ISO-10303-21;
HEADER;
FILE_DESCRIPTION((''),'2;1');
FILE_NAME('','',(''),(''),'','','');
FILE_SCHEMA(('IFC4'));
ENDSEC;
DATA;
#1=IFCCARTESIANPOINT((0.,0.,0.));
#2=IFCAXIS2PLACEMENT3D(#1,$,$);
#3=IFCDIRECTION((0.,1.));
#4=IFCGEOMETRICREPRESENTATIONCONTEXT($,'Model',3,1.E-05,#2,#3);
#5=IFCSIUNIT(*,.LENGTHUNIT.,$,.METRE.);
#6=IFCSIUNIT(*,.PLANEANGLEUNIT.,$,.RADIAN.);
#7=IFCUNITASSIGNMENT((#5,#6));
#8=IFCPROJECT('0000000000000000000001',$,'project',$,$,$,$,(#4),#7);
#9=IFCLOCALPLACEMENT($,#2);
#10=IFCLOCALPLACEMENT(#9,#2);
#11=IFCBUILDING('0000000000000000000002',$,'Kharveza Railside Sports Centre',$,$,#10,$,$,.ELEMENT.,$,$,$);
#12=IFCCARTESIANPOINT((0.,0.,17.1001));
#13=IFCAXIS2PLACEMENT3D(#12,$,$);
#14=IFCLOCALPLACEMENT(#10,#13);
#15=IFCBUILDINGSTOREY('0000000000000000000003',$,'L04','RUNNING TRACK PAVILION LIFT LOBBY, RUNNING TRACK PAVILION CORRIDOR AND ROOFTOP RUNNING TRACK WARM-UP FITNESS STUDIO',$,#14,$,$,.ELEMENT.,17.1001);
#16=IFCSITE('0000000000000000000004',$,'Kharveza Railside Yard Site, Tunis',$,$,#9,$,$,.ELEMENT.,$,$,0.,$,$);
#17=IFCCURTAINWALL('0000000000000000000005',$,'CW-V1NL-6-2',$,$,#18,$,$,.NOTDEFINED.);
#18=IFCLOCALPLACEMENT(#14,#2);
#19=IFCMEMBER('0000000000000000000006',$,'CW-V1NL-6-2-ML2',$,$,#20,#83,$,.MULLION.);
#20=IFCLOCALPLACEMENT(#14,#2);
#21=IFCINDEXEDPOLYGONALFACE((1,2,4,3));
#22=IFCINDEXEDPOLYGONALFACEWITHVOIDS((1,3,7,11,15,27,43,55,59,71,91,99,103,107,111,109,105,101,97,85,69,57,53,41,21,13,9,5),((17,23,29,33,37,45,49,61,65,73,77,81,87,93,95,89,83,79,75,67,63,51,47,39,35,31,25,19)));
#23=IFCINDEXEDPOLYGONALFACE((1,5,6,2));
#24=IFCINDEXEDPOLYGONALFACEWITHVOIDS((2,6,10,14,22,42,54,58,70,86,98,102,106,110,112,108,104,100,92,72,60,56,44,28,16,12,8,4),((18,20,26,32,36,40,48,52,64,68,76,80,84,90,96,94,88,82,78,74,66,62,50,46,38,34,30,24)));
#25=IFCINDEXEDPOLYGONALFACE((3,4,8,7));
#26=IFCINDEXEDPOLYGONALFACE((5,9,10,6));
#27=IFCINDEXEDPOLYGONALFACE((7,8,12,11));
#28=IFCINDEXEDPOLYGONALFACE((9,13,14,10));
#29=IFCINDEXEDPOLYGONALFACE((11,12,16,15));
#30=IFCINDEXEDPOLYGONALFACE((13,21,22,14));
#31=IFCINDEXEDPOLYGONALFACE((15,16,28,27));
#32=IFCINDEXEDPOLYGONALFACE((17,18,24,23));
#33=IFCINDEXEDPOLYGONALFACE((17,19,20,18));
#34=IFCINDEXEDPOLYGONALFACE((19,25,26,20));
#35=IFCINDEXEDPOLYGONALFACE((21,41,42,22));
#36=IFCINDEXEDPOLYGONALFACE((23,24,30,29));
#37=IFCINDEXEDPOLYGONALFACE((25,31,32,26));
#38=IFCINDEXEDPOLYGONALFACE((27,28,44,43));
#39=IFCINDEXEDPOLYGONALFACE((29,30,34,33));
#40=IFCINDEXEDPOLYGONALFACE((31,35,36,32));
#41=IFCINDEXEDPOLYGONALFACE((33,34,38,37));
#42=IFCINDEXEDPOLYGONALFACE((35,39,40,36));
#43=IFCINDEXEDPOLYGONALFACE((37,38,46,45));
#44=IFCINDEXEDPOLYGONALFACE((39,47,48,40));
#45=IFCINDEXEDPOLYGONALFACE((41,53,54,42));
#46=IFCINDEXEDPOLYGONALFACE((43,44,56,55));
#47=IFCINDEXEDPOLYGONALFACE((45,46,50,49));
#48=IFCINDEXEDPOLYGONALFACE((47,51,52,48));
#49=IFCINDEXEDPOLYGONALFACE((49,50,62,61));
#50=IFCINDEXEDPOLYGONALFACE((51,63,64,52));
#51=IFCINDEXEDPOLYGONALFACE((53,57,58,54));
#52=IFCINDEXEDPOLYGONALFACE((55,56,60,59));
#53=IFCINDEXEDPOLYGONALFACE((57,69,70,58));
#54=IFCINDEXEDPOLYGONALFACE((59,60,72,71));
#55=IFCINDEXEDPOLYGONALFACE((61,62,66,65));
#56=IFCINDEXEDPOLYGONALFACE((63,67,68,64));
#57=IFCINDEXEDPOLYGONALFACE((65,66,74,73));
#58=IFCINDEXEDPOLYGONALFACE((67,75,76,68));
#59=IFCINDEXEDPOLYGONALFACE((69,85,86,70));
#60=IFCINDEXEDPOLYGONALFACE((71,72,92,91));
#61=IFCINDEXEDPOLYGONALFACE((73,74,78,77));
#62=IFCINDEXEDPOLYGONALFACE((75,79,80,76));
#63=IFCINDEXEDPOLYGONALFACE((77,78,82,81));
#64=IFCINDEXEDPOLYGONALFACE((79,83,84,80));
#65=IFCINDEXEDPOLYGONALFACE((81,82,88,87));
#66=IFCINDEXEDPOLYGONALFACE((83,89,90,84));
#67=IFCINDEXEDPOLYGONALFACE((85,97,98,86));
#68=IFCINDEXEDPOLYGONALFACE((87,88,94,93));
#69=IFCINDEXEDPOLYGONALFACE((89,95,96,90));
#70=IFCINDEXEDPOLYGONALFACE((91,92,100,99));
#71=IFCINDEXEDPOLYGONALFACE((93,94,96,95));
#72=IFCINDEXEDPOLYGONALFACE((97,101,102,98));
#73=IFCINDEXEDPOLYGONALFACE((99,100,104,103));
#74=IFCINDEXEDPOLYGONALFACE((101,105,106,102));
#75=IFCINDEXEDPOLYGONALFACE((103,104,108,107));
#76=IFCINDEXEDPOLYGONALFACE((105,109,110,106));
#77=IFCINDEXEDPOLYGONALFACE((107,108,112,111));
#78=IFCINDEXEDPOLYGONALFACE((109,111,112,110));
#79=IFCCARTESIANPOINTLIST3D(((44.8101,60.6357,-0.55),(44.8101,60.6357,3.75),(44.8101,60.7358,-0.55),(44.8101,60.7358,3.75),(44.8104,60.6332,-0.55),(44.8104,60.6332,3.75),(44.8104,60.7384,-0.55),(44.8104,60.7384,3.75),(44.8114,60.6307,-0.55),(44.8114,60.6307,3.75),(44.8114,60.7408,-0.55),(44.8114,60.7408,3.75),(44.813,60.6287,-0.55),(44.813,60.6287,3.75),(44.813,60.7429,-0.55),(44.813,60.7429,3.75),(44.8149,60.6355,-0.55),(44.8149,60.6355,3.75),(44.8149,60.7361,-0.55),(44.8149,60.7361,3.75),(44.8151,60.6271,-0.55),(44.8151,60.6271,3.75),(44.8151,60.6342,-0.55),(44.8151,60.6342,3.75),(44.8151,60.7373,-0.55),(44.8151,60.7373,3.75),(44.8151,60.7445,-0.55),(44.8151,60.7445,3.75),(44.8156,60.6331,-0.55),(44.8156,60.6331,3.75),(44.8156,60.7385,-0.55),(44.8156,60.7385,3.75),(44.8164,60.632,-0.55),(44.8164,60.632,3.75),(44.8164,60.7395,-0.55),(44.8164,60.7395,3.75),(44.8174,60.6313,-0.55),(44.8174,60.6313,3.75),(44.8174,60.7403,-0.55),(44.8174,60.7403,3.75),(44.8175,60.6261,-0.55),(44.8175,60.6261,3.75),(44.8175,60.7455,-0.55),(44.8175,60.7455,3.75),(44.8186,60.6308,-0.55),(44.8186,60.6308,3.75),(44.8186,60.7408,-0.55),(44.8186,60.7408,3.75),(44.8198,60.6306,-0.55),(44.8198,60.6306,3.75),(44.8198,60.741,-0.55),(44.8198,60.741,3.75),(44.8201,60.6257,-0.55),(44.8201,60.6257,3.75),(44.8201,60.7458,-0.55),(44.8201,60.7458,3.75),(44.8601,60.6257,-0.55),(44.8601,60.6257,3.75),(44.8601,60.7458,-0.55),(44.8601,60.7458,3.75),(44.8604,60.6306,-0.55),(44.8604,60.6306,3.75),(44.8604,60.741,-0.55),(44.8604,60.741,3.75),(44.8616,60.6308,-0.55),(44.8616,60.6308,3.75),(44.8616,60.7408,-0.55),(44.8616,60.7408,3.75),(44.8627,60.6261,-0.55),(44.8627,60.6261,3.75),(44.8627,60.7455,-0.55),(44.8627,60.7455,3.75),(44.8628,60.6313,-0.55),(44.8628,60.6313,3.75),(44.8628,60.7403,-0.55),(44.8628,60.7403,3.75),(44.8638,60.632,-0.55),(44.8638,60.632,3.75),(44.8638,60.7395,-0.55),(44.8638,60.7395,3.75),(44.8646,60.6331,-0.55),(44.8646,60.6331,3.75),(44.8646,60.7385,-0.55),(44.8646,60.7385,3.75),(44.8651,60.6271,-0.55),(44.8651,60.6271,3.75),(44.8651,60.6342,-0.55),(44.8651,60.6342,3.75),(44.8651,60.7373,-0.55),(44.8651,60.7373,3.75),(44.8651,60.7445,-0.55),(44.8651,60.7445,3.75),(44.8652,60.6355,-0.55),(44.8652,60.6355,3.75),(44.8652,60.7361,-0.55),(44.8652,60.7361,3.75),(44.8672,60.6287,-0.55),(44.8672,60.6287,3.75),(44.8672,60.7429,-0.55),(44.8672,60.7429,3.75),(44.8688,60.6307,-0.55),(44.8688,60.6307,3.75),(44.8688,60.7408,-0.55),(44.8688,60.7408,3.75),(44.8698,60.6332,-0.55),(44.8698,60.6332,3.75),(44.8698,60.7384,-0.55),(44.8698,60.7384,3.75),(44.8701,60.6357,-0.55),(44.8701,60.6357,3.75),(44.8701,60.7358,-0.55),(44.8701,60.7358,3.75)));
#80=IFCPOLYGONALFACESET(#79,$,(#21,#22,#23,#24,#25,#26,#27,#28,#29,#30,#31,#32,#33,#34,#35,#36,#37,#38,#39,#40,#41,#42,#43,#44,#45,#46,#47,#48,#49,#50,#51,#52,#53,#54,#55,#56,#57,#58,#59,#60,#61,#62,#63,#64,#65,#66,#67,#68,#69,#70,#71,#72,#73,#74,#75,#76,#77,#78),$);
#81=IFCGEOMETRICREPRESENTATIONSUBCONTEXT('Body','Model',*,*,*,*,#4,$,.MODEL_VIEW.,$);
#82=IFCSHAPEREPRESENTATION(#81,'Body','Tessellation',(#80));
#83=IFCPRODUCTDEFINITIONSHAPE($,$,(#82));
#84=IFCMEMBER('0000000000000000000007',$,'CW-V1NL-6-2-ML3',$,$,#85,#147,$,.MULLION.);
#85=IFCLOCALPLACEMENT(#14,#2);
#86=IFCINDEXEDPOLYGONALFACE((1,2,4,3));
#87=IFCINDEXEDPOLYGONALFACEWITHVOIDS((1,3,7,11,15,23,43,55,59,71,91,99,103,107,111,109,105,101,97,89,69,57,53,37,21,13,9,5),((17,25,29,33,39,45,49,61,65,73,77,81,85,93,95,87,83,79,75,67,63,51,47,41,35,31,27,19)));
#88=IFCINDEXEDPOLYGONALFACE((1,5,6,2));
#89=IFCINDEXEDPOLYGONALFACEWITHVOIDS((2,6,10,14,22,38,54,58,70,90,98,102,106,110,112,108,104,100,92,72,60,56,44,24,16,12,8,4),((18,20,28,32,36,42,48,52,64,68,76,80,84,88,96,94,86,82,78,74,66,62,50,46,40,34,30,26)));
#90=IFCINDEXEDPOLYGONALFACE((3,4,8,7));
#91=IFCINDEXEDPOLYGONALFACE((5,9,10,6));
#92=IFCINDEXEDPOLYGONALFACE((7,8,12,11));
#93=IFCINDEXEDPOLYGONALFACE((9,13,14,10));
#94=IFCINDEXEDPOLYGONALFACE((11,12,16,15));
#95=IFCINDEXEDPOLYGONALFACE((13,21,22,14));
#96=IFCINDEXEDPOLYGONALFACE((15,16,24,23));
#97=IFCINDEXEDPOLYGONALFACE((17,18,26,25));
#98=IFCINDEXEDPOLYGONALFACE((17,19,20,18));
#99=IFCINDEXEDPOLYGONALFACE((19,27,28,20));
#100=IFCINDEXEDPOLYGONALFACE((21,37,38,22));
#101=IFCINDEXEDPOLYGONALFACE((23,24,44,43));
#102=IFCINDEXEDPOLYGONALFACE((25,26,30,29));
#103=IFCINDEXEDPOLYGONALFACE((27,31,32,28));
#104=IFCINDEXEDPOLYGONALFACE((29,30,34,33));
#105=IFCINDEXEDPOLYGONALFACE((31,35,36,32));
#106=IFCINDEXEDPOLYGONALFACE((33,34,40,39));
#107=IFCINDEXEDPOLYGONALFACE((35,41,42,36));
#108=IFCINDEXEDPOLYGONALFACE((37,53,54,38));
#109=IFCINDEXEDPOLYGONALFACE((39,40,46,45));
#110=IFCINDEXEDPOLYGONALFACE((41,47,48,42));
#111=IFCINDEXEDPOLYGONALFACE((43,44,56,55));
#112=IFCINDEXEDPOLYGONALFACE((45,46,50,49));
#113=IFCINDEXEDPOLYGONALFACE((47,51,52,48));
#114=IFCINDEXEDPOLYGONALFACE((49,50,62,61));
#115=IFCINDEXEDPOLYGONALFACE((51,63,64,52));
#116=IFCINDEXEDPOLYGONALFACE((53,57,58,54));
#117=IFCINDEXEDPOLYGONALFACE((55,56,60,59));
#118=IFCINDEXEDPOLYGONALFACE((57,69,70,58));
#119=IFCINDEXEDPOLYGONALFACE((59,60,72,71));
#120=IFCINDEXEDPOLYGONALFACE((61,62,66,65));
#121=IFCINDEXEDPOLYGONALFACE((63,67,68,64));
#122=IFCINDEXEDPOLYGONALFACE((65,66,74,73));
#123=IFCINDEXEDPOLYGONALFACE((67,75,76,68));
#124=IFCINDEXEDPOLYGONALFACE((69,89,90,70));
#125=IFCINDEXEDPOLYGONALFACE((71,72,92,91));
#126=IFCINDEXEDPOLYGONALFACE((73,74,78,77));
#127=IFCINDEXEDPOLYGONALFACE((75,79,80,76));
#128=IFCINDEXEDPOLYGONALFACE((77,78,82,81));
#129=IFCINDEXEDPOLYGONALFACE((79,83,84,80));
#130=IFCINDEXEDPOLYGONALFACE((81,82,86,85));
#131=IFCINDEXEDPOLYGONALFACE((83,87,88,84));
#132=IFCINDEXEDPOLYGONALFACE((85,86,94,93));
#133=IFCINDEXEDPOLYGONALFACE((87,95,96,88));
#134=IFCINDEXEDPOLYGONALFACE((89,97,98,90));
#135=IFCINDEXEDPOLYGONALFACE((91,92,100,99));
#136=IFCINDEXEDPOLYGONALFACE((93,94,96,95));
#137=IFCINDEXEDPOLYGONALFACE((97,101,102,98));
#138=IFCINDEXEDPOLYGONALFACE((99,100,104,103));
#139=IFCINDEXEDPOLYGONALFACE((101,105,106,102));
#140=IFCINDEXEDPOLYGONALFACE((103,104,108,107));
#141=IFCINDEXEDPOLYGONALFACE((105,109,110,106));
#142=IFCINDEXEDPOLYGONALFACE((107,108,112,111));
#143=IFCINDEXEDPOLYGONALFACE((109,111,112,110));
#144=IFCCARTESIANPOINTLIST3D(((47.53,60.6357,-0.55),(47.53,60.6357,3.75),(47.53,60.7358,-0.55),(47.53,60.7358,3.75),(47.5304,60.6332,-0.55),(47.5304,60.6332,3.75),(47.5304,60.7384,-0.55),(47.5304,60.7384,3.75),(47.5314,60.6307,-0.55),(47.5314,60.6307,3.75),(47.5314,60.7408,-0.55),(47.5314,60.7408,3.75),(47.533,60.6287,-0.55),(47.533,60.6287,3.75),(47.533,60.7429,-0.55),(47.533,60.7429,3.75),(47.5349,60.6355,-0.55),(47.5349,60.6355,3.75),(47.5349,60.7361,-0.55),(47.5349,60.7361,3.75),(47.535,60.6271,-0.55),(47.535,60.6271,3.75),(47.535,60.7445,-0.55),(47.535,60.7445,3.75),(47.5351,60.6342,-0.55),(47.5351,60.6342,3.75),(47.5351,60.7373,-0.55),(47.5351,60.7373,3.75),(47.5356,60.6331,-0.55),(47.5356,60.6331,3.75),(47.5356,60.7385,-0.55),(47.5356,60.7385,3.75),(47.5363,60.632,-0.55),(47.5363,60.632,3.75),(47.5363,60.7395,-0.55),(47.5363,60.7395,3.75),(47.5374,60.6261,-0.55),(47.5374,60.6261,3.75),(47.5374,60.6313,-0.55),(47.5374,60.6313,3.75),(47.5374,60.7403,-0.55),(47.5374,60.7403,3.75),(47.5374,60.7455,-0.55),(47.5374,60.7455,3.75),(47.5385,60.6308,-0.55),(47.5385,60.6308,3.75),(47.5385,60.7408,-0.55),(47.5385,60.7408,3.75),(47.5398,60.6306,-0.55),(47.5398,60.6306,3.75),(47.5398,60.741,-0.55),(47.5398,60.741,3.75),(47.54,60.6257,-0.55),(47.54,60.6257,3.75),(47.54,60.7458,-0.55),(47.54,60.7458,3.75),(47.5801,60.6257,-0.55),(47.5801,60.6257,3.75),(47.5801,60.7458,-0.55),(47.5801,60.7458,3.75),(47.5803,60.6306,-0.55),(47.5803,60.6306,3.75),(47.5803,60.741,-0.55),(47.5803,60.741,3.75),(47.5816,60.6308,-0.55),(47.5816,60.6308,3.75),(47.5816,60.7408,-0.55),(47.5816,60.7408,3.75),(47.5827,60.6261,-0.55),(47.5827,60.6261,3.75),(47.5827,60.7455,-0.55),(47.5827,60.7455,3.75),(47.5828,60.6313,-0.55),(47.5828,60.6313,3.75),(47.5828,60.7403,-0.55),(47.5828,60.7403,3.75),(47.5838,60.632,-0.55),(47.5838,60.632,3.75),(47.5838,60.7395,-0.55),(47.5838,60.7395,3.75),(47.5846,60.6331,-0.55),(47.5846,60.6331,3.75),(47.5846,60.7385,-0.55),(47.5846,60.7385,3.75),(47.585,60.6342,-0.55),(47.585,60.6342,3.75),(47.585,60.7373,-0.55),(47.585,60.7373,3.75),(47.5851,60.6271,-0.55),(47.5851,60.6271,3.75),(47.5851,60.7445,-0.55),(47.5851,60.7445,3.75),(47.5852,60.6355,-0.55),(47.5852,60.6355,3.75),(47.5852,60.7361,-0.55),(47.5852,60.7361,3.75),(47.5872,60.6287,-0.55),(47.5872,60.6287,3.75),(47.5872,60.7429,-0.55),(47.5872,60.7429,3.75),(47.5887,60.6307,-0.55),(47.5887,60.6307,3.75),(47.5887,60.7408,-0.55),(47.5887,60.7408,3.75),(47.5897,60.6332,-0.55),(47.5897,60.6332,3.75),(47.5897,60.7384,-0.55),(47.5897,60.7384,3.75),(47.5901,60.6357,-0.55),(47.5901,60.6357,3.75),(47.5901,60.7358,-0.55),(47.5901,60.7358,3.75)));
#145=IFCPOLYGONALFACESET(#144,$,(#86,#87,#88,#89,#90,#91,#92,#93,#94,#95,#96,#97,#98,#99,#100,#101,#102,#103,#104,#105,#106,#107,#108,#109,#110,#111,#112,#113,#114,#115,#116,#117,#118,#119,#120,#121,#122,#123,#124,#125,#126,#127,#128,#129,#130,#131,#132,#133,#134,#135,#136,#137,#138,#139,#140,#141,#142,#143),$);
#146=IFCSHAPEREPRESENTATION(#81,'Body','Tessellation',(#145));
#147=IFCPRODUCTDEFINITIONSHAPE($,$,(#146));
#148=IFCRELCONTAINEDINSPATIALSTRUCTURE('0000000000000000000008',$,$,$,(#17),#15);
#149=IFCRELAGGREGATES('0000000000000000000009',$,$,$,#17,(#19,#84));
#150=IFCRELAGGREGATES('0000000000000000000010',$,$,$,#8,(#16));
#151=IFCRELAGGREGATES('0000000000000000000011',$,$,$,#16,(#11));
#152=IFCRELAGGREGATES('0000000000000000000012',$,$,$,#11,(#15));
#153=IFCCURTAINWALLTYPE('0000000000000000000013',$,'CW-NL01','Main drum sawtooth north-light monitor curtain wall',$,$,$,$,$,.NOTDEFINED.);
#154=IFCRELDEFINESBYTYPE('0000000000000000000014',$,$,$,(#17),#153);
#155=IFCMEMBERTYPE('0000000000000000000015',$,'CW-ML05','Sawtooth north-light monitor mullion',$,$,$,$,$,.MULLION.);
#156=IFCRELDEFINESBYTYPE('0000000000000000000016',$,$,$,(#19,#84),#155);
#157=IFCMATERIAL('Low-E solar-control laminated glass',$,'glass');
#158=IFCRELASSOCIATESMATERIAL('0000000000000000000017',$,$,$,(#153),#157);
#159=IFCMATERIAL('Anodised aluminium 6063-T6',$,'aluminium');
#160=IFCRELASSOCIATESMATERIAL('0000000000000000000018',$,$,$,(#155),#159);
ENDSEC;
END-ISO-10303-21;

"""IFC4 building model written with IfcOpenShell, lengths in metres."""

from ifc_helpers import new_model, si_unit, direction, frame, origin, origin_2d, place, context, subcontext, project, spatial, hollow_rectangle, extrude, material, material_profile, profile_set, type_object, element, aggregate, save


model = new_model("IFC4")

# Units and contexts
model_context = context("Model", 3, precision=1e-05, world=origin(), true_north=direction((0.0, 1.0)))
body_context = subcontext(model_context, "Body", "Model", "MODEL_VIEW")
ifc_project = project(units=[si_unit("LENGTHUNIT", "METRE"), si_unit("PLANEANGLEUNIT", "RADIAN")], contexts=[model_context])

# Site, building, storey
site_placement = place(None, origin())
site = spatial("IfcSite", under=ifc_project, at=site_placement, Name="Kharveza Railside Yard Site, Tunis", CompositionType="ELEMENT", RefElevation=0.0)
building_placement = place(site_placement, origin())
building = spatial("IfcBuilding", under=site, at=building_placement, Name="Kharveza Railside Sports Centre", CompositionType="ELEMENT")
storey_placement = place(building_placement, frame((0.0, 0.0, 17.1001)))
storey = spatial("IfcBuildingStorey", under=building, at=storey_placement, Name="L04", Description="RUNNING TRACK PAVILION LIFT LOBBY, RUNNING TRACK PAVILION CORRIDOR AND ROOFTOP RUNNING TRACK WARM-UP FITNESS STUDIO", CompositionType="ELEMENT", Elevation=17.1001)

# Curtain wall, members
ifc_material_1 = material(Name="Low-E solar-control laminated glass", Category="glass")
curtain_wall_type = type_object("IfcCurtainWallType", Name="CW-NL01", Description="Main drum sawtooth north-light monitor curtain wall", PredefinedType="NOTDEFINED", material=ifc_material_1)
ifc_material_2 = material(Name="Anodised aluminium 6063-T6", Category="aluminium")
ifc_material_profile_1 = material_profile(ifc_material_2, hollow_rectangle(XDim=0.0601, YDim=0.1201, WallThickness=0.0049, InnerFilletRadius=0.0049, OuterFilletRadius=0.01, at=origin_2d()), Name="RHS 60x120x5.0")
ifc_profile_set_1 = profile_set([ifc_material_profile_1], Name="Anodised aluminium 6063-T6")
member_type_1 = type_object("IfcMemberType", Name="CW-ML05", Description="Sawtooth north-light monitor mullion", PredefinedType="MULLION", material=ifc_profile_set_1)
curtain_wall_1_placement = place(storey_placement, origin())
curtain_wall_1 = element("IfcCurtainWall", 1, at=curtain_wall_1_placement, inside=storey, type_object=curtain_wall_type, Name="CW-V1NL-6-2", PredefinedType="NOTDEFINED")
member_1_placement = place(storey_placement, frame((44.8401, 60.6858, -0.55), z_axis=(0.0, 0.0, 1.0), x_axis=(1.0, 0.0, 0.0)))
member_1 = element("IfcMember", 2, at=member_1_placement, type_object=member_type_1, Name="CW-V1NL-6-2-ML2", PredefinedType="MULLION", context=body_context, shape_type="SweptSolid", body=[
    extrude(hollow_rectangle(XDim=0.0601, YDim=0.1201, WallThickness=0.0049, InnerFilletRadius=0.0049, OuterFilletRadius=0.01, at=origin_2d()), origin(), (0.0, 0.0, 1.0), 4.3),
])
member_2_placement = place(storey_placement, frame((47.5601, 60.6858, -0.55), z_axis=(0.0, 0.0, 1.0), x_axis=(1.0, 0.0, 0.0)))
member_2 = element("IfcMember", 3, at=member_2_placement, type_object=member_type_1, Name="CW-V1NL-6-2-ML3", PredefinedType="MULLION", context=body_context, shape_type="SweptSolid", body=[
    extrude(hollow_rectangle(XDim=0.0601, YDim=0.1201, WallThickness=0.0049, InnerFilletRadius=0.0049, OuterFilletRadius=0.01, at=origin_2d()), origin(), (0.0, 0.0, 1.0), 4.3),
])

aggregate(curtain_wall_1, [member_1, member_2])

save(model, "model.ifc")
